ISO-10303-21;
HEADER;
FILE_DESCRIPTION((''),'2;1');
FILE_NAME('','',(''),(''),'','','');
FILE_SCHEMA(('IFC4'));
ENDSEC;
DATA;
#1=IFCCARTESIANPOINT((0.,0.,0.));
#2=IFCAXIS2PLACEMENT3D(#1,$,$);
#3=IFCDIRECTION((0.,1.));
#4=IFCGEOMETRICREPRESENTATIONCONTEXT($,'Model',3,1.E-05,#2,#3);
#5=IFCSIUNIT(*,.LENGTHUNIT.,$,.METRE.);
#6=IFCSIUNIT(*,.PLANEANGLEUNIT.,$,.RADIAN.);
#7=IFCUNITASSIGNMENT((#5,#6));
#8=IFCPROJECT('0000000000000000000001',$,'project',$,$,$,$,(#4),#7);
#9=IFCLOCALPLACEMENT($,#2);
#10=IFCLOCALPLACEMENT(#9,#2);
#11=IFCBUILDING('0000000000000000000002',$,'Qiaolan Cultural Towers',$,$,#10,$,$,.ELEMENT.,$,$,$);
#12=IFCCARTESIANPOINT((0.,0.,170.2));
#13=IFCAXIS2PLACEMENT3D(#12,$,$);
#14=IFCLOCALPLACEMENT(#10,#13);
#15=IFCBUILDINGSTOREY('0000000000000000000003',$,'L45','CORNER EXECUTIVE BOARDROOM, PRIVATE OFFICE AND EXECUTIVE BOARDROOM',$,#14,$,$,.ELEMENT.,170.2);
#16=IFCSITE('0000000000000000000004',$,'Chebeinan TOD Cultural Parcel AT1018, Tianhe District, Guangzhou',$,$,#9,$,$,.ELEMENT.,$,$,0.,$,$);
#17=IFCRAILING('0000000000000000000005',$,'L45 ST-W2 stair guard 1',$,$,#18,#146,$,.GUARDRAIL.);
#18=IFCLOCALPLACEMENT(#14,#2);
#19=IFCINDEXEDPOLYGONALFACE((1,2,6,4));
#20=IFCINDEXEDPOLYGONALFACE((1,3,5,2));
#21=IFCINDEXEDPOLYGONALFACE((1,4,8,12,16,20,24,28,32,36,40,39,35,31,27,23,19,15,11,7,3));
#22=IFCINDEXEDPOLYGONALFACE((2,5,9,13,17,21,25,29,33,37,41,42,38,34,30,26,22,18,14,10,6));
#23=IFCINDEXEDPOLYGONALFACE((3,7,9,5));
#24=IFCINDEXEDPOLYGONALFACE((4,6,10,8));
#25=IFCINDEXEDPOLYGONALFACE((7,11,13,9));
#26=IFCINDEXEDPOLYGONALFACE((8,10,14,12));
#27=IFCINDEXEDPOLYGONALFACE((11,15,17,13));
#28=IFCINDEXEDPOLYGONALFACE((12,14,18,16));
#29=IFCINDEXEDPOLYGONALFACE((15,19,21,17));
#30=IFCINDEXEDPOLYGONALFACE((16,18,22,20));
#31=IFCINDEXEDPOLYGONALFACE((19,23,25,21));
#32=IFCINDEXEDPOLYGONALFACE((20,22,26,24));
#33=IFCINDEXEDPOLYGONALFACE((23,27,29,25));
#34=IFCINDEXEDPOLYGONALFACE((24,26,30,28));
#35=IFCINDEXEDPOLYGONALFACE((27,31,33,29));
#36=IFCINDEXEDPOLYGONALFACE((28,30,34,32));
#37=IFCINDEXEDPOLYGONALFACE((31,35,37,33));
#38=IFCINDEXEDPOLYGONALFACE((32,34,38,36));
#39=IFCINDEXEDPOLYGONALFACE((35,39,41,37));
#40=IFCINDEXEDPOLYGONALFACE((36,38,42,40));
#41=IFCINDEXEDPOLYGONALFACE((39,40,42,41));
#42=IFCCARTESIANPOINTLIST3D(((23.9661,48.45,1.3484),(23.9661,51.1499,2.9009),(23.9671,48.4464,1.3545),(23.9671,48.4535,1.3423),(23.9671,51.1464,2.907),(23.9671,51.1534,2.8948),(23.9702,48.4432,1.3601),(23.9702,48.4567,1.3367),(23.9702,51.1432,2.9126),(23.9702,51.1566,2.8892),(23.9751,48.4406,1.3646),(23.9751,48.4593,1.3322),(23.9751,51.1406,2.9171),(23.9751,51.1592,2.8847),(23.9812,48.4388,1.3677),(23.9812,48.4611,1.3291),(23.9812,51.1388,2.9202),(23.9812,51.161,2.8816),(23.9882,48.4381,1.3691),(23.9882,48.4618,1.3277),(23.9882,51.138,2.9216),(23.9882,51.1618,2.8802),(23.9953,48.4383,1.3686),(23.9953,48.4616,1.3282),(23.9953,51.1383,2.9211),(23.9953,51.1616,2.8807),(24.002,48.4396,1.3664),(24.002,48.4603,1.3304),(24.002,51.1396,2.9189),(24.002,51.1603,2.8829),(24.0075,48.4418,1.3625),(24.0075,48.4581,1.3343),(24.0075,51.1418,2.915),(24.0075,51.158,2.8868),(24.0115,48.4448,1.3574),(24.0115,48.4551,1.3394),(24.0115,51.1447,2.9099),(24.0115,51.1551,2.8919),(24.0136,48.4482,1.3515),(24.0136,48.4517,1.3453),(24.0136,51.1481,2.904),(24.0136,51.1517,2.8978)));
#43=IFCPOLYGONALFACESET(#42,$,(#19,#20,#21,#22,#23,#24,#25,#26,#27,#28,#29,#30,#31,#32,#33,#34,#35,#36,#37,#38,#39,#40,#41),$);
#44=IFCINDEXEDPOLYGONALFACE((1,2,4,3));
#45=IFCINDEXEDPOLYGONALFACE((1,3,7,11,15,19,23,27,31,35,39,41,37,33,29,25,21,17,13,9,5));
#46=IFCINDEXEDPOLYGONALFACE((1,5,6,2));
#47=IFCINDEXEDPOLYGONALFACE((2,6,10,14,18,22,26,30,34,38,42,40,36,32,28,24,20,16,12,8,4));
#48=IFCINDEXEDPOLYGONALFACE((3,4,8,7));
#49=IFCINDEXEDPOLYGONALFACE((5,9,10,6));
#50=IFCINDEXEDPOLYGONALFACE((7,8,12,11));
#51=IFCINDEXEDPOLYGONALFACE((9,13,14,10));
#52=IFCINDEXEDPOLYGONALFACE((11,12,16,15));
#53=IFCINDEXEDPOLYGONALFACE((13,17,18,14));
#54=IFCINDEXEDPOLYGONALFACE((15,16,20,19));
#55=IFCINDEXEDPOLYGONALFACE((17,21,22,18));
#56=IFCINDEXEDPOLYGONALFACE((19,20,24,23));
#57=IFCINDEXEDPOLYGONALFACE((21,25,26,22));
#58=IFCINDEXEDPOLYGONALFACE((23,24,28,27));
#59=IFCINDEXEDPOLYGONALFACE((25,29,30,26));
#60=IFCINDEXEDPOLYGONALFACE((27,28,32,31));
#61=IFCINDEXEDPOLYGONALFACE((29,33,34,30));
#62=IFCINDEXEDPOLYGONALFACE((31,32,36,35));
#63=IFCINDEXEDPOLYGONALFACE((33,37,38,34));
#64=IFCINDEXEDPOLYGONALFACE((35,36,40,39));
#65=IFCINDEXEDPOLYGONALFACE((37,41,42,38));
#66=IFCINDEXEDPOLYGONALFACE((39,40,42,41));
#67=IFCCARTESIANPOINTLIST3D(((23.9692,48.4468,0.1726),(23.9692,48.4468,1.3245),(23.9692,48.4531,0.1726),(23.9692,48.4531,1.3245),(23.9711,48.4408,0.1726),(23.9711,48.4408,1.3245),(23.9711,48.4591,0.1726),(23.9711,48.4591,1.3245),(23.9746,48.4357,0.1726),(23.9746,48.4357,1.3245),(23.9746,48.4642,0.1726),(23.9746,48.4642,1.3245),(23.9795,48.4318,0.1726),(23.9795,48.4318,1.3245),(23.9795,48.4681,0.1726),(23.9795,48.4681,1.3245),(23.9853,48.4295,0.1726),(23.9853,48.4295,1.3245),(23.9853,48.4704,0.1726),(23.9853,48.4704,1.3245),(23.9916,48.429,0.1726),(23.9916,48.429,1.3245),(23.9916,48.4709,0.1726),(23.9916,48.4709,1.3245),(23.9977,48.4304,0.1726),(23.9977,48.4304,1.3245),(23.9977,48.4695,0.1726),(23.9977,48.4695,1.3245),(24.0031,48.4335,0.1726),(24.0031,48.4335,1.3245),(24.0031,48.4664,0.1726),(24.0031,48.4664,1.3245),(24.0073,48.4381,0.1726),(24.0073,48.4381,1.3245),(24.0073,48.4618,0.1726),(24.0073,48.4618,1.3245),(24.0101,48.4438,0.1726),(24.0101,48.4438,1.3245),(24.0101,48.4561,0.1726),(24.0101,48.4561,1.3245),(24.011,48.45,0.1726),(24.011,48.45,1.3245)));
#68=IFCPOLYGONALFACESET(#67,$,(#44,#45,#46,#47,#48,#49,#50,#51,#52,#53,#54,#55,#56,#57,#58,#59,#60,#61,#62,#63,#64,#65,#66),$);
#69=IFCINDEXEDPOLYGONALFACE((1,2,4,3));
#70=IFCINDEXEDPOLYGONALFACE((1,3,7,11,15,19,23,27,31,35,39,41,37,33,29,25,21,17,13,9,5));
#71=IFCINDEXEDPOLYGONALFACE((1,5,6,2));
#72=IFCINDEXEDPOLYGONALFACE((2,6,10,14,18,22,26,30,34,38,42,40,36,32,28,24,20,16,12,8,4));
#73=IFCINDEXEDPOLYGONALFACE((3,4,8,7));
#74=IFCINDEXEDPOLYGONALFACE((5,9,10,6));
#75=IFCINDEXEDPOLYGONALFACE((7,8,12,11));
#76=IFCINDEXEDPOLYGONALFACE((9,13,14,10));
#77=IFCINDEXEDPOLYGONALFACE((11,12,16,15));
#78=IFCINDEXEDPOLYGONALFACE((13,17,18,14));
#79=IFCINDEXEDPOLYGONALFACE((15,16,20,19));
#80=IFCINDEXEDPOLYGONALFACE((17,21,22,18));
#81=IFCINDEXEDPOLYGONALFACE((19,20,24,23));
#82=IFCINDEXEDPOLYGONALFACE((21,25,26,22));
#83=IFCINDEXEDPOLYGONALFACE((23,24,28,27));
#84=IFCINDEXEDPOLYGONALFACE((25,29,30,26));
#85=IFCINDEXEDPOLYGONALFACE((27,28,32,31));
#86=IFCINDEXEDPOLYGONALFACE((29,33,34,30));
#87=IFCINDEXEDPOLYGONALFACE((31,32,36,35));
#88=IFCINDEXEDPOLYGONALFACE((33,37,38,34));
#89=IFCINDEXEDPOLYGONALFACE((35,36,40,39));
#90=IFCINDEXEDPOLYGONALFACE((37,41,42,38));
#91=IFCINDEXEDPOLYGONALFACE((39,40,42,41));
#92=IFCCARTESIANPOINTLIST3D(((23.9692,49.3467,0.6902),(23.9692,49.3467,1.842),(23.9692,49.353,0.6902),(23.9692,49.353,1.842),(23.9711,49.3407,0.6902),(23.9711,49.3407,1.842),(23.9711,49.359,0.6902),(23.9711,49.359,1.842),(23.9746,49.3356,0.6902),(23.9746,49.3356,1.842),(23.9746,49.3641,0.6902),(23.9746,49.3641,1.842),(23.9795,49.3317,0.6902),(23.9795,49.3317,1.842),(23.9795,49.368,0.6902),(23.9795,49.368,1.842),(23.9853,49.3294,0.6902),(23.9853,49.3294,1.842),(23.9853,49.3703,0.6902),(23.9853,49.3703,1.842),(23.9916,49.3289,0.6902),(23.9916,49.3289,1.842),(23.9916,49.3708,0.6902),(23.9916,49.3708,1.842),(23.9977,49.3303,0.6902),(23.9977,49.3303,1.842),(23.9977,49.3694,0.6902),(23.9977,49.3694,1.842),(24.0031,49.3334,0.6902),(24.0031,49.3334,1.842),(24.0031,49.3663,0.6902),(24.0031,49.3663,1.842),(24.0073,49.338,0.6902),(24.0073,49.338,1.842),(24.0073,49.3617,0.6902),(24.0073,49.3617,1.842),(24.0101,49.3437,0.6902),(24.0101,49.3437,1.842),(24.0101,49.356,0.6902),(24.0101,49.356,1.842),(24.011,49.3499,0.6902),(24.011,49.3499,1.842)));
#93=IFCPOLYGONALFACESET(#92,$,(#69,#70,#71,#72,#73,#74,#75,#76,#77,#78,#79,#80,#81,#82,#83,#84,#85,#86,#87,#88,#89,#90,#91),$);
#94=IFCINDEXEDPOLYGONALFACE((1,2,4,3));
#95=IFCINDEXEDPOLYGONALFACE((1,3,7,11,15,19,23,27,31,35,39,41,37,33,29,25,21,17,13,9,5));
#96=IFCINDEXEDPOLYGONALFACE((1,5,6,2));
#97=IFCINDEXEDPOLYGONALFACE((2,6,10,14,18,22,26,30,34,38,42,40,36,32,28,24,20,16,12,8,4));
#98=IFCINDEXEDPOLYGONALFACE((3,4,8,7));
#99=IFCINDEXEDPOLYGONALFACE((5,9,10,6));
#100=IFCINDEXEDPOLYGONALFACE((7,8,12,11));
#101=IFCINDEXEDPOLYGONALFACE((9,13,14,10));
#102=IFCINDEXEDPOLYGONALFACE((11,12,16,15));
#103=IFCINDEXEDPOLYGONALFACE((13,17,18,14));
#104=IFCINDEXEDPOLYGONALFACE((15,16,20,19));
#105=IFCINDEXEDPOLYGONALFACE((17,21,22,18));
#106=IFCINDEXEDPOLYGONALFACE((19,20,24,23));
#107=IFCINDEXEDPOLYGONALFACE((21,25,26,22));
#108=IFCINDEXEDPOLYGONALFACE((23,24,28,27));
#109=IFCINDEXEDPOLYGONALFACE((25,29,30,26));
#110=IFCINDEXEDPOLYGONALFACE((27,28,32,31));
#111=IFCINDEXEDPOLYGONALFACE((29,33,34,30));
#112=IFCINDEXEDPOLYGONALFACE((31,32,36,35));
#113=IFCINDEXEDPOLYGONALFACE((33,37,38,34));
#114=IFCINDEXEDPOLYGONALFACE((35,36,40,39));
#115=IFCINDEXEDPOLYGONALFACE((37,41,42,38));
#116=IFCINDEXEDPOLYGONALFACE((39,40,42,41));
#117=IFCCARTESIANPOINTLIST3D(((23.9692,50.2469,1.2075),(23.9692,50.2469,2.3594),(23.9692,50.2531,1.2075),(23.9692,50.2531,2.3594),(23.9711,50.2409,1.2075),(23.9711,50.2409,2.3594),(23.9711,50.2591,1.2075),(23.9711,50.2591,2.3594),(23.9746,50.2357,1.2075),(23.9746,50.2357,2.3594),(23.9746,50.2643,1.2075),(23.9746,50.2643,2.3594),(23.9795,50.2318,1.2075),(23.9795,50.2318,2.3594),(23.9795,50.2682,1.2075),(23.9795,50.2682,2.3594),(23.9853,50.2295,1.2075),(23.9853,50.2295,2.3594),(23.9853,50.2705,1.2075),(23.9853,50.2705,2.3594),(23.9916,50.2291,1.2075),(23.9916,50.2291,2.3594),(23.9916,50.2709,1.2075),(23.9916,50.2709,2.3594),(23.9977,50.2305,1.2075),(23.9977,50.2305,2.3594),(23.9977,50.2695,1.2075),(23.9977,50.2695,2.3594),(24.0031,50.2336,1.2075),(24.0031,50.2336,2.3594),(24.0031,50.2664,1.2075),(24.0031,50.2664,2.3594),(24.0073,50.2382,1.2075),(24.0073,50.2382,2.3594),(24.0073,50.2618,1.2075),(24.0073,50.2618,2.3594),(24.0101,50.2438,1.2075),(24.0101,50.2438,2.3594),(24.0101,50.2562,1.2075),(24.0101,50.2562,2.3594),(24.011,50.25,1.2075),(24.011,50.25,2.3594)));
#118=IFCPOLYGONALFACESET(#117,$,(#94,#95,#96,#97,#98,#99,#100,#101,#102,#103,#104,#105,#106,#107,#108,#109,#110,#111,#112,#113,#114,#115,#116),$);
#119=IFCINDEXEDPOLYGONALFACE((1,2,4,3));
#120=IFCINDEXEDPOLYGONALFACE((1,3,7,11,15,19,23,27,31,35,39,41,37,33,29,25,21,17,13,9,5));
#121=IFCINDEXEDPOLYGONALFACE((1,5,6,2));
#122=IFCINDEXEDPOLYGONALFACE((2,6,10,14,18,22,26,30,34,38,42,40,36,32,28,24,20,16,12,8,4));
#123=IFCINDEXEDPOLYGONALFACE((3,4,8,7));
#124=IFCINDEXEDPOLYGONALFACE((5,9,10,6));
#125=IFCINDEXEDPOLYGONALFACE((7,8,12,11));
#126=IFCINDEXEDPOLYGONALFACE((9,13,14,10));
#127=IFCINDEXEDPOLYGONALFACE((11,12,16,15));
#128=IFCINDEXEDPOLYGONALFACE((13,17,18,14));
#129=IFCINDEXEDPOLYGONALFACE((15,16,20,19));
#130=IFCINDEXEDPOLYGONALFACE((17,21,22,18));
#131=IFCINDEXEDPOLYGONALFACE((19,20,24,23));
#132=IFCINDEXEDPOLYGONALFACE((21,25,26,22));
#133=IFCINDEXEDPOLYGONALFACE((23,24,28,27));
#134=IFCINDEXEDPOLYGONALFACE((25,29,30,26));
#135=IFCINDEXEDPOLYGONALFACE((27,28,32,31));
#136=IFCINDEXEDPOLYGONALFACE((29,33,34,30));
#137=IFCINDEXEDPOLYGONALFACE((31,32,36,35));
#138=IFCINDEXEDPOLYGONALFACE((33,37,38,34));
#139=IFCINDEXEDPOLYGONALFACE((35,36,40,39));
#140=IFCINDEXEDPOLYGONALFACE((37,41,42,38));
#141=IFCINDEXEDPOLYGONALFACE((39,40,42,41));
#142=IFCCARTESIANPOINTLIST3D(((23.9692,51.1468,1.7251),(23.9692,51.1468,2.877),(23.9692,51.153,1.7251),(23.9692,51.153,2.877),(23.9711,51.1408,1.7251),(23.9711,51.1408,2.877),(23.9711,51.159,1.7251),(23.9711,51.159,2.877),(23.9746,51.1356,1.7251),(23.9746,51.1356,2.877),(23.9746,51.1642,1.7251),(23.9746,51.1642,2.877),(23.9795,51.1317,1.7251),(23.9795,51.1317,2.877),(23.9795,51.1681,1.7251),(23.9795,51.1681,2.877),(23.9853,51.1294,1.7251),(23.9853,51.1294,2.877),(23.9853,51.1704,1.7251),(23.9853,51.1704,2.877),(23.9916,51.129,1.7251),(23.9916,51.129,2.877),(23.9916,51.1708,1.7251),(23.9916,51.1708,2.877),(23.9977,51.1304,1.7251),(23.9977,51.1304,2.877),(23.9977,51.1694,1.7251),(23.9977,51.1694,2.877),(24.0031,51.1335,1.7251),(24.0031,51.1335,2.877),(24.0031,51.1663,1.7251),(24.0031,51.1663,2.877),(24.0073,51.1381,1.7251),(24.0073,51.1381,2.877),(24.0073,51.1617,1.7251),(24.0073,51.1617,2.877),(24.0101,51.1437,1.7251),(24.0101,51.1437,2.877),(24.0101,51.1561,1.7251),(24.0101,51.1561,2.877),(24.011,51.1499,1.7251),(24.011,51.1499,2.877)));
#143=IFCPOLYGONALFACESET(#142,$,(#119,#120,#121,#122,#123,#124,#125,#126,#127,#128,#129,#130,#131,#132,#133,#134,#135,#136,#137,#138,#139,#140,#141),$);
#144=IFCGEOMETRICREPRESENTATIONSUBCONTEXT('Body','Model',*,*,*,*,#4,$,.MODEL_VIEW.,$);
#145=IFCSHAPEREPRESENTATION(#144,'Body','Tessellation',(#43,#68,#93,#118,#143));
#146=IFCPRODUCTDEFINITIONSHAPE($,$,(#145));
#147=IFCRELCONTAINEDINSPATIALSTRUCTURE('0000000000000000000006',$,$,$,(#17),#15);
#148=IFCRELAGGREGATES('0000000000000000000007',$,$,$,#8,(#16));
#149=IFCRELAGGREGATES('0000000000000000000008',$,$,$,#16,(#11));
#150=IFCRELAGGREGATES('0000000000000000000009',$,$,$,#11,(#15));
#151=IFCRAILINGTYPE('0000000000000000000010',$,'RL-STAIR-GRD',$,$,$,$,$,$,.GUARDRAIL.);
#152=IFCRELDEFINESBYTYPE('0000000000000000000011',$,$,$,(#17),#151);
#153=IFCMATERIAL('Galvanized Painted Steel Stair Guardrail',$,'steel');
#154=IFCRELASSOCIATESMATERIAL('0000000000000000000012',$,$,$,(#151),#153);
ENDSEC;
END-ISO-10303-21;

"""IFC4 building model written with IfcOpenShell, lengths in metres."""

from ifc_helpers import new_model, si_unit, direction, frame, origin, origin_2d, place, context, subcontext, project, spatial, circle, extrude, material, type_object, element, save


model = new_model("IFC4")

# Units and contexts
model_context = context("Model", 3, precision=1e-05, world=origin(), true_north=direction((0.0, 1.0)))
body_context = subcontext(model_context, "Body", "Model", "MODEL_VIEW")
ifc_project = project(units=[si_unit("LENGTHUNIT", "METRE"), si_unit("PLANEANGLEUNIT", "RADIAN")], contexts=[model_context])

# Site, building, storey
site_placement = place(None, origin())
site = spatial("IfcSite", under=ifc_project, at=site_placement, Name="Chebeinan TOD Cultural Parcel AT1018, Tianhe District, Guangzhou", CompositionType="ELEMENT", RefElevation=0.0)
building_placement = place(site_placement, origin())
building = spatial("IfcBuilding", under=site, at=building_placement, Name="Qiaolan Cultural Towers", CompositionType="ELEMENT")
storey_placement = place(building_placement, frame((0.0, 0.0, 170.2)))
storey = spatial("IfcBuildingStorey", under=building, at=storey_placement, Name="L45", Description="CORNER EXECUTIVE BOARDROOM, PRIVATE OFFICE AND EXECUTIVE BOARDROOM", CompositionType="ELEMENT", Elevation=170.2)

# Railing
ifc_material_1 = material(Name="Galvanized Painted Steel Stair Guardrail", Category="steel")
railing_type_1 = type_object("IfcRailingType", Name="RL-STAIR-GRD", PredefinedType="GUARDRAIL", material=ifc_material_1)
railing_1_placement = place(storey_placement, frame((23.99, 48.45, 0.1726)))
element("IfcRailing", 1, at=railing_1_placement, inside=storey, type_object=railing_type_1, Name="L45 ST-W2 stair guard 1", PredefinedType="GUARDRAIL", context=body_context, shape_type="SweptSolid", body=[
    extrude(circle(Radius=0.0239, at=origin_2d()), frame((0.0, 0.0, 1.1758), z_axis=(0.0, 0.866904, 0.498476), x_axis=(-1.0, 0.0, 0.0)), (0.0, 0.0, 1.0), 3.1145),
    extrude(circle(Radius=0.021, at=origin_2d()), origin(), (0.0, 0.0, 1.0), 1.1519),
    extrude(circle(Radius=0.021, at=origin_2d()), frame((0.0, 0.8999, 0.5176)), (0.0, 0.0, 1.0), 1.1519),
    extrude(circle(Radius=0.021, at=origin_2d()), frame((0.0, 1.8, 1.0349)), (0.0, 0.0, 1.0), 1.1519),
    extrude(circle(Radius=0.021, at=origin_2d()), frame((0.0, 2.7, 1.5525)), (0.0, 0.0, 1.0), 1.1519),
])

save(model, "model.ifc")
